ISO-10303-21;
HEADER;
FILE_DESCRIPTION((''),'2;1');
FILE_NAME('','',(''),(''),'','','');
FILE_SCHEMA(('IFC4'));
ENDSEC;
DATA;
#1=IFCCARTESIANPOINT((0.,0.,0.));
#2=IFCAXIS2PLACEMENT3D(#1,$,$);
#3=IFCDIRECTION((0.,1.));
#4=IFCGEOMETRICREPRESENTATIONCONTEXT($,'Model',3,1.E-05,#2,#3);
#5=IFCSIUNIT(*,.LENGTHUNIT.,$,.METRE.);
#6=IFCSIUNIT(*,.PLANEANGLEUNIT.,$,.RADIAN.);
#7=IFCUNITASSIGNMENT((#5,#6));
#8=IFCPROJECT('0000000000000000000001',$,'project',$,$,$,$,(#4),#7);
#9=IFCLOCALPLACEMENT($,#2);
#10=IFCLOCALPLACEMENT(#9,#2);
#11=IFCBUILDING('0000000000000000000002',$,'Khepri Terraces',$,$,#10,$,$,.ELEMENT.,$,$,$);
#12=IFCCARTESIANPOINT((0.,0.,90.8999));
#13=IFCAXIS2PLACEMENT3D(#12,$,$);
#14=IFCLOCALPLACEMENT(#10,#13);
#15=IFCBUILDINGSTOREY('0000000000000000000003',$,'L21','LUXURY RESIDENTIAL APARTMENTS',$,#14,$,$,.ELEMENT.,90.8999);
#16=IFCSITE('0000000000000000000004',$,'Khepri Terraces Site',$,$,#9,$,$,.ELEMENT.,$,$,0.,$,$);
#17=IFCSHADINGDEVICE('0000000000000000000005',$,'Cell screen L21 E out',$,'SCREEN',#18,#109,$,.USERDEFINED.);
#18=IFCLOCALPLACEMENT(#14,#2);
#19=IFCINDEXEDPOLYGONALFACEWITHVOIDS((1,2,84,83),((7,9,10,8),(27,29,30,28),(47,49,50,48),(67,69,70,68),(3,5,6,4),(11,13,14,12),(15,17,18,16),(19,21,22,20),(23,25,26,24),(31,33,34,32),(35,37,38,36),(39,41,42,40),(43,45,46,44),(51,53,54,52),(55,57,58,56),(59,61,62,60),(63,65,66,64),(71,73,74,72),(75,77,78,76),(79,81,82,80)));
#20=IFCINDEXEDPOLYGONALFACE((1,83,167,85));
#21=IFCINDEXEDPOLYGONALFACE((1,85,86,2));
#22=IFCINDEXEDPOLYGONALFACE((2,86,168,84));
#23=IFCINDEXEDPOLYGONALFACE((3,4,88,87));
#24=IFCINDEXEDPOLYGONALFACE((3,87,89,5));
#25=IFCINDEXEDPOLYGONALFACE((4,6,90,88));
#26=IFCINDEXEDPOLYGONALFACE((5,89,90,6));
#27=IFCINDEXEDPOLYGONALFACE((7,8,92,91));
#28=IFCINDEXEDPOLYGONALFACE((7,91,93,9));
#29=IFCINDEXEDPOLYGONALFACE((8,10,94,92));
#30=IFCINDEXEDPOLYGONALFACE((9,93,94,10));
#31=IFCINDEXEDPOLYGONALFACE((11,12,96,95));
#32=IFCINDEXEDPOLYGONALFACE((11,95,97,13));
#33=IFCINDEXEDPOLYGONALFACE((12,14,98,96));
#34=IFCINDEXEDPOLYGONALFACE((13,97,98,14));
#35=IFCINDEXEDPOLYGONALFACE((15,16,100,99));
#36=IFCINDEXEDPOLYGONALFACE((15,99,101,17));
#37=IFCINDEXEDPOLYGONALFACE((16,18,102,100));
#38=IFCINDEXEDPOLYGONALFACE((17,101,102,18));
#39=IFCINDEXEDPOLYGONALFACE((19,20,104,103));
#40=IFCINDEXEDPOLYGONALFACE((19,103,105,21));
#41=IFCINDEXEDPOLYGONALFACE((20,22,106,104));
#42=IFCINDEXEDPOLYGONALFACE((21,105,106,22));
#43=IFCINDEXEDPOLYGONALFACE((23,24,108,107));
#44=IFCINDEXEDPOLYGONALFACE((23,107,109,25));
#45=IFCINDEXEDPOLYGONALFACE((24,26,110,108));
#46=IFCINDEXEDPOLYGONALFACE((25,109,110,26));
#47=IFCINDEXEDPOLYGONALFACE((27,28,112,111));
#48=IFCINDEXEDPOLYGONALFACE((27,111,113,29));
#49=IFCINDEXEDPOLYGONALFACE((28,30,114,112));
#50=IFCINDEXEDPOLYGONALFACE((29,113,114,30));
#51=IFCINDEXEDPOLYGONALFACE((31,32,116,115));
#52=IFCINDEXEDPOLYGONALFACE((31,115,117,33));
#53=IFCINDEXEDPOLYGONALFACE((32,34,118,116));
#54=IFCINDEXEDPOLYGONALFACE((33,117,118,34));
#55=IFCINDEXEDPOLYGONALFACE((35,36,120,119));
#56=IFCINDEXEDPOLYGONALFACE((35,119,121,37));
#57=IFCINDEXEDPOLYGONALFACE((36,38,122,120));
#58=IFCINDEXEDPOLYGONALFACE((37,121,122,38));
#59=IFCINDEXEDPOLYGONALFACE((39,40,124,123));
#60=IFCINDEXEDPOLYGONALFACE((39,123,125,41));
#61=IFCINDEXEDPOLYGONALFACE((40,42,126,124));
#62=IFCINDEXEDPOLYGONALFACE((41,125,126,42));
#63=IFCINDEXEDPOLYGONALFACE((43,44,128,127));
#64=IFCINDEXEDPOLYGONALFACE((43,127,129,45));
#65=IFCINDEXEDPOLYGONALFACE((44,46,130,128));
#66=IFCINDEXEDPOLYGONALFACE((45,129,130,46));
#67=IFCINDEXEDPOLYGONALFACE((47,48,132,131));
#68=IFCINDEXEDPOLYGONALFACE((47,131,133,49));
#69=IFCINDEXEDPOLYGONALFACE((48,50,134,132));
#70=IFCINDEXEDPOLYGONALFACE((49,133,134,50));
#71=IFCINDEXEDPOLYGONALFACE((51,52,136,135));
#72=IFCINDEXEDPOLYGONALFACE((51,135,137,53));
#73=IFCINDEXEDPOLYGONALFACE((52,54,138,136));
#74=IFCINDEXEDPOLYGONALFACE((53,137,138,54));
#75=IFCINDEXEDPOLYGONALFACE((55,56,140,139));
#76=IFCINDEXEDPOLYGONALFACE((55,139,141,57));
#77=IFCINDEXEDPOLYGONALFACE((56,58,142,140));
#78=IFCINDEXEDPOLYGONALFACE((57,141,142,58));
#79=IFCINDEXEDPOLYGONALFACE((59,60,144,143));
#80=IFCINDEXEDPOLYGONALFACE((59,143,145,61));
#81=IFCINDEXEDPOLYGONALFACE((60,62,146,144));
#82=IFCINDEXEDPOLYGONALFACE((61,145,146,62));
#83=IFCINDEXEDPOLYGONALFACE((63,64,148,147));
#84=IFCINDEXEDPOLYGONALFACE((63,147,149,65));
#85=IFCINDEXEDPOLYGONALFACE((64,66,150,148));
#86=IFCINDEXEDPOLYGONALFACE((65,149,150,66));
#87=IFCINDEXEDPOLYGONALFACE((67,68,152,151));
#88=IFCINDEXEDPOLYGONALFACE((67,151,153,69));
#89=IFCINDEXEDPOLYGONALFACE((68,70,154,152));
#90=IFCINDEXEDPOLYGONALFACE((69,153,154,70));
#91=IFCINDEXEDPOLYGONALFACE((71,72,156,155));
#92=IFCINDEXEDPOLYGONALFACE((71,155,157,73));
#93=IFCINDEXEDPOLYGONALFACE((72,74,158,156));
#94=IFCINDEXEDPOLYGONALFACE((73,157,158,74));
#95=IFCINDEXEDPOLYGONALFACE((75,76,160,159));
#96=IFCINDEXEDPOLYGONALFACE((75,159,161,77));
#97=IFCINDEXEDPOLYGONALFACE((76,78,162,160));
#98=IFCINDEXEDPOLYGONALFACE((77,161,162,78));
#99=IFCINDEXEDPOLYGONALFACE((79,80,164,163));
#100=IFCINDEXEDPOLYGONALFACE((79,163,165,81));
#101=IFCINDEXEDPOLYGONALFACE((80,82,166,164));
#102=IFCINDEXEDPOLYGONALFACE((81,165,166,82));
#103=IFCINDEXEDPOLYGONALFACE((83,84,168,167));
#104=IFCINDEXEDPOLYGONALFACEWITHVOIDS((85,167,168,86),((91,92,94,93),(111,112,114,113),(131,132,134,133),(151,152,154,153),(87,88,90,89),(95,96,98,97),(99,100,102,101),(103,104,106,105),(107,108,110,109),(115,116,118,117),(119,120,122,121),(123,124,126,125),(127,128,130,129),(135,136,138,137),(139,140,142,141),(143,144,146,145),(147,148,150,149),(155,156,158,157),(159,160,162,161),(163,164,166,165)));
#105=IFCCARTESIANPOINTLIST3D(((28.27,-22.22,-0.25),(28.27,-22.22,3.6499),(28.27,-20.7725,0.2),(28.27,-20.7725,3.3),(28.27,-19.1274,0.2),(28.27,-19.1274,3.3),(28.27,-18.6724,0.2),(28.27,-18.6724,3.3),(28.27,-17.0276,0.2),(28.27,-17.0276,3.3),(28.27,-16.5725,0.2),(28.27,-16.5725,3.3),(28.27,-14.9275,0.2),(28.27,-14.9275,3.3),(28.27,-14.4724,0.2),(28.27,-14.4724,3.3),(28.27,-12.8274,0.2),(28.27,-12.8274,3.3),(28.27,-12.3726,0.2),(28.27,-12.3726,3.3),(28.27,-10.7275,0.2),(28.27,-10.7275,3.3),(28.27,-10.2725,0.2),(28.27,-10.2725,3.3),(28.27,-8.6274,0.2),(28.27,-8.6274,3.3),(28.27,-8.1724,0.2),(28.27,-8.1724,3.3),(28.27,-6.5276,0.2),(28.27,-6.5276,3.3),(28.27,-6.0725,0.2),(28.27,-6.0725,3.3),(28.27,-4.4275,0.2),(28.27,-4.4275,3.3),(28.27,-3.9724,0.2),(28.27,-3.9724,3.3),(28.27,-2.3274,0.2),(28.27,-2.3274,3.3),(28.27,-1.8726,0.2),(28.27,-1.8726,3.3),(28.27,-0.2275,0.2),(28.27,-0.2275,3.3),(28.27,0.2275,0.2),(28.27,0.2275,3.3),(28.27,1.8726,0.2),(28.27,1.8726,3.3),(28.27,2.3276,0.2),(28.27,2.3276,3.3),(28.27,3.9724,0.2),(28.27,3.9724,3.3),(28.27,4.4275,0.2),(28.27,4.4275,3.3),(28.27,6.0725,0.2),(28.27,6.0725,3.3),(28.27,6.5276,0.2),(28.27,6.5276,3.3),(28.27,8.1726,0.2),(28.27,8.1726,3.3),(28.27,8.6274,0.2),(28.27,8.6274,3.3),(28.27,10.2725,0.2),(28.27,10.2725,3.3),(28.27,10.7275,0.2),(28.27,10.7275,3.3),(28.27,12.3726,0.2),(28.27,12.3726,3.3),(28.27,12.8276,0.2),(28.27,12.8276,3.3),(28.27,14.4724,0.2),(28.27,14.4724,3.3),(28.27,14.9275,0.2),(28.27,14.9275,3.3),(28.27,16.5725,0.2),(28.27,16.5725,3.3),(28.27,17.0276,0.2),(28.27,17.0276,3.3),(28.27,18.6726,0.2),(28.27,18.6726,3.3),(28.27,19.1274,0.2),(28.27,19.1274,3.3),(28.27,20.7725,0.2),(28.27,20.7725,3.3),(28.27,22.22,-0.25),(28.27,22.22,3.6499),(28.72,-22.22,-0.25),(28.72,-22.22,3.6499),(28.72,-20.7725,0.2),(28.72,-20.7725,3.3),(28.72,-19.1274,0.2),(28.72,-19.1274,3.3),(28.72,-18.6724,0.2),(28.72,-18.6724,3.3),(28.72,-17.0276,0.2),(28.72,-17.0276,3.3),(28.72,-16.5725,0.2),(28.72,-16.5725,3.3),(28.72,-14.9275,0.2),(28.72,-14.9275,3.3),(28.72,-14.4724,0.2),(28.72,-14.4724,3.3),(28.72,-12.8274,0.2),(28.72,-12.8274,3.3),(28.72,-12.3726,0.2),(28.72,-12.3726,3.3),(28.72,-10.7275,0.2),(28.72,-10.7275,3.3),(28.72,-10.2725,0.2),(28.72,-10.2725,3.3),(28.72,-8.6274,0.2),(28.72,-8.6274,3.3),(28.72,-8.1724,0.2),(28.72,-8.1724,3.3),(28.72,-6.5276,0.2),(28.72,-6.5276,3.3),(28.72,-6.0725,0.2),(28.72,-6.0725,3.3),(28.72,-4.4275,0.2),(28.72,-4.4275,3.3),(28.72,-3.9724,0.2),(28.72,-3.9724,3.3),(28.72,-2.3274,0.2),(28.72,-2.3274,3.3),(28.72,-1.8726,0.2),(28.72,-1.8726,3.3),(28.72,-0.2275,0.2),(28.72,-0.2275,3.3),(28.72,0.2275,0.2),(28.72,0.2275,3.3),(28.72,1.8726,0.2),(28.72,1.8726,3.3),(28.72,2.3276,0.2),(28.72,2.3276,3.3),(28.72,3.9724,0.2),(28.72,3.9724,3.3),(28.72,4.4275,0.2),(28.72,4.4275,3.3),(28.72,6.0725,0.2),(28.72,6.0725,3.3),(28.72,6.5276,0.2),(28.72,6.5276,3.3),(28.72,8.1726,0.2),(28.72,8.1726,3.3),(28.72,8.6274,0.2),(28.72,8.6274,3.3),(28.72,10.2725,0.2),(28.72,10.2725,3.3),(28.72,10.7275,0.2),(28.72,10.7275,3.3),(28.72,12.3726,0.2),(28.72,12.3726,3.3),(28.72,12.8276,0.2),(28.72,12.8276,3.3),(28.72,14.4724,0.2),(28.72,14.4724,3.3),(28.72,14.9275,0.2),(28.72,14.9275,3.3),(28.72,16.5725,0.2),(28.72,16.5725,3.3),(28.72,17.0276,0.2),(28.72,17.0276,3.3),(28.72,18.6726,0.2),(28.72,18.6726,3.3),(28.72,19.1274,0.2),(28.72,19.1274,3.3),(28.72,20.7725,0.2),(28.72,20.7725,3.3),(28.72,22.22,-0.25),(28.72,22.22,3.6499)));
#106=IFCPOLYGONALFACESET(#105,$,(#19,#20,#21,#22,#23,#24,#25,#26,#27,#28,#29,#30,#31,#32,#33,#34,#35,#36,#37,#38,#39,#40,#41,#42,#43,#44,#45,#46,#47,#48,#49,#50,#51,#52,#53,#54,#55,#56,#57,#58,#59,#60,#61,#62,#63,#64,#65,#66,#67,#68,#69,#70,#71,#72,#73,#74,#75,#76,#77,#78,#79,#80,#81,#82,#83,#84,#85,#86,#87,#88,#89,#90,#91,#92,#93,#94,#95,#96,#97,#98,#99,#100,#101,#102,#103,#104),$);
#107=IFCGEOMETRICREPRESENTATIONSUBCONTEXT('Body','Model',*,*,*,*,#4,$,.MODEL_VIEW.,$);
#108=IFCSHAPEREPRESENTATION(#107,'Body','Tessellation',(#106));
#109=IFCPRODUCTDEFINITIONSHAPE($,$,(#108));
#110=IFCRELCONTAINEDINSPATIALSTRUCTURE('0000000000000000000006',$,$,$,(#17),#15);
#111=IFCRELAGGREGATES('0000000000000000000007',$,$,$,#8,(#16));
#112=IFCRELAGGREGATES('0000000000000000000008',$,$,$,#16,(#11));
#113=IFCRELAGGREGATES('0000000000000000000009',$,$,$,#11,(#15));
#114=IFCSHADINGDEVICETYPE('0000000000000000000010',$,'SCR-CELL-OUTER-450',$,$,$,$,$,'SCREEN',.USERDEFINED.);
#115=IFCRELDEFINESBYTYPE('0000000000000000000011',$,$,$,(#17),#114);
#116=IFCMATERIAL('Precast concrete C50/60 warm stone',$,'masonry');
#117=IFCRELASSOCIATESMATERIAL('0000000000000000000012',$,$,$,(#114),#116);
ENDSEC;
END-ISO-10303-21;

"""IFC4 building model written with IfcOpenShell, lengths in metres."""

from ifc_helpers import new_model, si_unit, direction, frame, origin, place, context, subcontext, project, spatial, polyline, outline, extrude, material, type_object, element, save


model = new_model("IFC4")

# Units and contexts
model_context = context("Model", 3, precision=1e-05, world=origin(), true_north=direction((0.0, 1.0)))
body_context = subcontext(model_context, "Body", "Model", "MODEL_VIEW")
ifc_project = project(units=[si_unit("LENGTHUNIT", "METRE"), si_unit("PLANEANGLEUNIT", "RADIAN")], contexts=[model_context])

# Site, building, storey
site_placement = place(None, origin())
site = spatial("IfcSite", under=ifc_project, at=site_placement, Name="Khepri Terraces Site", CompositionType="ELEMENT", RefElevation=0.0)
building_placement = place(site_placement, origin())
building = spatial("IfcBuilding", under=site, at=building_placement, Name="Khepri Terraces", CompositionType="ELEMENT")
storey_placement = place(building_placement, frame((0.0, 0.0, 90.8999)))
storey = spatial("IfcBuildingStorey", under=building, at=storey_placement, Name="L21", Description="LUXURY RESIDENTIAL APARTMENTS", CompositionType="ELEMENT", Elevation=90.8999)

# Shared definitions
ifc_material_1 = material(Name="Precast concrete C50/60 warm stone", Category="masonry")

# Shading device
shading_device_type_1 = type_object("IfcShadingDeviceType", Name="SCR-CELL-OUTER-450", ElementType="SCREEN", PredefinedType="USERDEFINED", material=ifc_material_1)
shading_device_1_placement = place(storey_placement, frame((28.27, -22.22, -0.25), z_axis=(1.0, 0.0, 0.0), x_axis=(0.0, 1.0, 0.0)))
element("IfcShadingDevice", 1, at=shading_device_1_placement, inside=storey, type_object=shading_device_type_1, Name="Cell screen L21 E out", ObjectType="SCREEN", PredefinedType="USERDEFINED", context=body_context, shape_type="SweptSolid", body=[
    extrude(outline(polyline([(0.0, 0.0), (44.4399, 0.0), (44.4399, 3.8999), (0.0, 3.8999), (0.0, 0.0)]), holes=[polyline([(1.4475, 0.45), (3.0925, 0.45), (3.0925, 3.55), (1.4475, 3.55), (1.4475, 0.45)]), polyline([(3.5476, 0.45), (5.1924, 0.45), (5.1924, 3.55), (3.5476, 3.55), (3.5476, 0.45)]), polyline([(5.6475, 0.45), (7.2925, 0.45), (7.2925, 3.55), (5.6475, 3.55), (5.6475, 0.45)]), polyline([(7.7476, 0.45), (9.3926, 0.45), (9.3926, 3.55), (7.7476, 3.55), (7.7476, 0.45)]), polyline([(9.8474, 0.45), (11.4924, 0.45), (11.4924, 3.55), (9.8474, 3.55), (9.8474, 0.45)]), polyline([(11.9475, 0.45), (13.5925, 0.45), (13.5925, 3.55), (11.9475, 3.55), (11.9475, 0.45)]), polyline([(14.0476, 0.45), (15.6924, 0.45), (15.6924, 3.55), (14.0476, 3.55), (14.0476, 0.45)]), polyline([(16.1475, 0.45), (17.7925, 0.45), (17.7925, 3.55), (16.1475, 3.55), (16.1475, 0.45)]), polyline([(18.2476, 0.45), (19.8926, 0.45), (19.8926, 3.55), (18.2476, 3.55), (18.2476, 0.45)]), polyline([(20.3474, 0.45), (21.9924, 0.45), (21.9924, 3.55), (20.3474, 3.55), (20.3474, 0.45)]), polyline([(22.4475, 0.45), (24.0925, 0.45), (24.0925, 3.55), (22.4475, 3.55), (22.4475, 0.45)]), polyline([(24.5476, 0.45), (26.1924, 0.45), (26.1924, 3.55), (24.5476, 3.55), (24.5476, 0.45)]), polyline([(26.6475, 0.45), (28.2925, 0.45), (28.2925, 3.55), (26.6475, 3.55), (26.6475, 0.45)]), polyline([(28.7476, 0.45), (30.3926, 0.45), (30.3926, 3.55), (28.7476, 3.55), (28.7476, 0.45)]), polyline([(30.8474, 0.45), (32.4924, 0.45), (32.4924, 3.55), (30.8474, 3.55), (30.8474, 0.45)]), polyline([(32.9475, 0.45), (34.5925, 0.45), (34.5925, 3.55), (32.9475, 3.55), (32.9475, 0.45)]), polyline([(35.0476, 0.45), (36.6924, 0.45), (36.6924, 3.55), (35.0476, 3.55), (35.0476, 0.45)]), polyline([(37.1475, 0.45), (38.7925, 0.45), (38.7925, 3.55), (37.1475, 3.55), (37.1475, 0.45)]), polyline([(39.2476, 0.45), (40.8926, 0.45), (40.8926, 3.55), (39.2476, 3.55), (39.2476, 0.45)]), polyline([(41.3474, 0.45), (42.9924, 0.45), (42.9924, 3.55), (41.3474, 3.55), (41.3474, 0.45)])]), origin(), (0.0, 0.0, 1.0), 0.45),
])

save(model, "model.ifc")
